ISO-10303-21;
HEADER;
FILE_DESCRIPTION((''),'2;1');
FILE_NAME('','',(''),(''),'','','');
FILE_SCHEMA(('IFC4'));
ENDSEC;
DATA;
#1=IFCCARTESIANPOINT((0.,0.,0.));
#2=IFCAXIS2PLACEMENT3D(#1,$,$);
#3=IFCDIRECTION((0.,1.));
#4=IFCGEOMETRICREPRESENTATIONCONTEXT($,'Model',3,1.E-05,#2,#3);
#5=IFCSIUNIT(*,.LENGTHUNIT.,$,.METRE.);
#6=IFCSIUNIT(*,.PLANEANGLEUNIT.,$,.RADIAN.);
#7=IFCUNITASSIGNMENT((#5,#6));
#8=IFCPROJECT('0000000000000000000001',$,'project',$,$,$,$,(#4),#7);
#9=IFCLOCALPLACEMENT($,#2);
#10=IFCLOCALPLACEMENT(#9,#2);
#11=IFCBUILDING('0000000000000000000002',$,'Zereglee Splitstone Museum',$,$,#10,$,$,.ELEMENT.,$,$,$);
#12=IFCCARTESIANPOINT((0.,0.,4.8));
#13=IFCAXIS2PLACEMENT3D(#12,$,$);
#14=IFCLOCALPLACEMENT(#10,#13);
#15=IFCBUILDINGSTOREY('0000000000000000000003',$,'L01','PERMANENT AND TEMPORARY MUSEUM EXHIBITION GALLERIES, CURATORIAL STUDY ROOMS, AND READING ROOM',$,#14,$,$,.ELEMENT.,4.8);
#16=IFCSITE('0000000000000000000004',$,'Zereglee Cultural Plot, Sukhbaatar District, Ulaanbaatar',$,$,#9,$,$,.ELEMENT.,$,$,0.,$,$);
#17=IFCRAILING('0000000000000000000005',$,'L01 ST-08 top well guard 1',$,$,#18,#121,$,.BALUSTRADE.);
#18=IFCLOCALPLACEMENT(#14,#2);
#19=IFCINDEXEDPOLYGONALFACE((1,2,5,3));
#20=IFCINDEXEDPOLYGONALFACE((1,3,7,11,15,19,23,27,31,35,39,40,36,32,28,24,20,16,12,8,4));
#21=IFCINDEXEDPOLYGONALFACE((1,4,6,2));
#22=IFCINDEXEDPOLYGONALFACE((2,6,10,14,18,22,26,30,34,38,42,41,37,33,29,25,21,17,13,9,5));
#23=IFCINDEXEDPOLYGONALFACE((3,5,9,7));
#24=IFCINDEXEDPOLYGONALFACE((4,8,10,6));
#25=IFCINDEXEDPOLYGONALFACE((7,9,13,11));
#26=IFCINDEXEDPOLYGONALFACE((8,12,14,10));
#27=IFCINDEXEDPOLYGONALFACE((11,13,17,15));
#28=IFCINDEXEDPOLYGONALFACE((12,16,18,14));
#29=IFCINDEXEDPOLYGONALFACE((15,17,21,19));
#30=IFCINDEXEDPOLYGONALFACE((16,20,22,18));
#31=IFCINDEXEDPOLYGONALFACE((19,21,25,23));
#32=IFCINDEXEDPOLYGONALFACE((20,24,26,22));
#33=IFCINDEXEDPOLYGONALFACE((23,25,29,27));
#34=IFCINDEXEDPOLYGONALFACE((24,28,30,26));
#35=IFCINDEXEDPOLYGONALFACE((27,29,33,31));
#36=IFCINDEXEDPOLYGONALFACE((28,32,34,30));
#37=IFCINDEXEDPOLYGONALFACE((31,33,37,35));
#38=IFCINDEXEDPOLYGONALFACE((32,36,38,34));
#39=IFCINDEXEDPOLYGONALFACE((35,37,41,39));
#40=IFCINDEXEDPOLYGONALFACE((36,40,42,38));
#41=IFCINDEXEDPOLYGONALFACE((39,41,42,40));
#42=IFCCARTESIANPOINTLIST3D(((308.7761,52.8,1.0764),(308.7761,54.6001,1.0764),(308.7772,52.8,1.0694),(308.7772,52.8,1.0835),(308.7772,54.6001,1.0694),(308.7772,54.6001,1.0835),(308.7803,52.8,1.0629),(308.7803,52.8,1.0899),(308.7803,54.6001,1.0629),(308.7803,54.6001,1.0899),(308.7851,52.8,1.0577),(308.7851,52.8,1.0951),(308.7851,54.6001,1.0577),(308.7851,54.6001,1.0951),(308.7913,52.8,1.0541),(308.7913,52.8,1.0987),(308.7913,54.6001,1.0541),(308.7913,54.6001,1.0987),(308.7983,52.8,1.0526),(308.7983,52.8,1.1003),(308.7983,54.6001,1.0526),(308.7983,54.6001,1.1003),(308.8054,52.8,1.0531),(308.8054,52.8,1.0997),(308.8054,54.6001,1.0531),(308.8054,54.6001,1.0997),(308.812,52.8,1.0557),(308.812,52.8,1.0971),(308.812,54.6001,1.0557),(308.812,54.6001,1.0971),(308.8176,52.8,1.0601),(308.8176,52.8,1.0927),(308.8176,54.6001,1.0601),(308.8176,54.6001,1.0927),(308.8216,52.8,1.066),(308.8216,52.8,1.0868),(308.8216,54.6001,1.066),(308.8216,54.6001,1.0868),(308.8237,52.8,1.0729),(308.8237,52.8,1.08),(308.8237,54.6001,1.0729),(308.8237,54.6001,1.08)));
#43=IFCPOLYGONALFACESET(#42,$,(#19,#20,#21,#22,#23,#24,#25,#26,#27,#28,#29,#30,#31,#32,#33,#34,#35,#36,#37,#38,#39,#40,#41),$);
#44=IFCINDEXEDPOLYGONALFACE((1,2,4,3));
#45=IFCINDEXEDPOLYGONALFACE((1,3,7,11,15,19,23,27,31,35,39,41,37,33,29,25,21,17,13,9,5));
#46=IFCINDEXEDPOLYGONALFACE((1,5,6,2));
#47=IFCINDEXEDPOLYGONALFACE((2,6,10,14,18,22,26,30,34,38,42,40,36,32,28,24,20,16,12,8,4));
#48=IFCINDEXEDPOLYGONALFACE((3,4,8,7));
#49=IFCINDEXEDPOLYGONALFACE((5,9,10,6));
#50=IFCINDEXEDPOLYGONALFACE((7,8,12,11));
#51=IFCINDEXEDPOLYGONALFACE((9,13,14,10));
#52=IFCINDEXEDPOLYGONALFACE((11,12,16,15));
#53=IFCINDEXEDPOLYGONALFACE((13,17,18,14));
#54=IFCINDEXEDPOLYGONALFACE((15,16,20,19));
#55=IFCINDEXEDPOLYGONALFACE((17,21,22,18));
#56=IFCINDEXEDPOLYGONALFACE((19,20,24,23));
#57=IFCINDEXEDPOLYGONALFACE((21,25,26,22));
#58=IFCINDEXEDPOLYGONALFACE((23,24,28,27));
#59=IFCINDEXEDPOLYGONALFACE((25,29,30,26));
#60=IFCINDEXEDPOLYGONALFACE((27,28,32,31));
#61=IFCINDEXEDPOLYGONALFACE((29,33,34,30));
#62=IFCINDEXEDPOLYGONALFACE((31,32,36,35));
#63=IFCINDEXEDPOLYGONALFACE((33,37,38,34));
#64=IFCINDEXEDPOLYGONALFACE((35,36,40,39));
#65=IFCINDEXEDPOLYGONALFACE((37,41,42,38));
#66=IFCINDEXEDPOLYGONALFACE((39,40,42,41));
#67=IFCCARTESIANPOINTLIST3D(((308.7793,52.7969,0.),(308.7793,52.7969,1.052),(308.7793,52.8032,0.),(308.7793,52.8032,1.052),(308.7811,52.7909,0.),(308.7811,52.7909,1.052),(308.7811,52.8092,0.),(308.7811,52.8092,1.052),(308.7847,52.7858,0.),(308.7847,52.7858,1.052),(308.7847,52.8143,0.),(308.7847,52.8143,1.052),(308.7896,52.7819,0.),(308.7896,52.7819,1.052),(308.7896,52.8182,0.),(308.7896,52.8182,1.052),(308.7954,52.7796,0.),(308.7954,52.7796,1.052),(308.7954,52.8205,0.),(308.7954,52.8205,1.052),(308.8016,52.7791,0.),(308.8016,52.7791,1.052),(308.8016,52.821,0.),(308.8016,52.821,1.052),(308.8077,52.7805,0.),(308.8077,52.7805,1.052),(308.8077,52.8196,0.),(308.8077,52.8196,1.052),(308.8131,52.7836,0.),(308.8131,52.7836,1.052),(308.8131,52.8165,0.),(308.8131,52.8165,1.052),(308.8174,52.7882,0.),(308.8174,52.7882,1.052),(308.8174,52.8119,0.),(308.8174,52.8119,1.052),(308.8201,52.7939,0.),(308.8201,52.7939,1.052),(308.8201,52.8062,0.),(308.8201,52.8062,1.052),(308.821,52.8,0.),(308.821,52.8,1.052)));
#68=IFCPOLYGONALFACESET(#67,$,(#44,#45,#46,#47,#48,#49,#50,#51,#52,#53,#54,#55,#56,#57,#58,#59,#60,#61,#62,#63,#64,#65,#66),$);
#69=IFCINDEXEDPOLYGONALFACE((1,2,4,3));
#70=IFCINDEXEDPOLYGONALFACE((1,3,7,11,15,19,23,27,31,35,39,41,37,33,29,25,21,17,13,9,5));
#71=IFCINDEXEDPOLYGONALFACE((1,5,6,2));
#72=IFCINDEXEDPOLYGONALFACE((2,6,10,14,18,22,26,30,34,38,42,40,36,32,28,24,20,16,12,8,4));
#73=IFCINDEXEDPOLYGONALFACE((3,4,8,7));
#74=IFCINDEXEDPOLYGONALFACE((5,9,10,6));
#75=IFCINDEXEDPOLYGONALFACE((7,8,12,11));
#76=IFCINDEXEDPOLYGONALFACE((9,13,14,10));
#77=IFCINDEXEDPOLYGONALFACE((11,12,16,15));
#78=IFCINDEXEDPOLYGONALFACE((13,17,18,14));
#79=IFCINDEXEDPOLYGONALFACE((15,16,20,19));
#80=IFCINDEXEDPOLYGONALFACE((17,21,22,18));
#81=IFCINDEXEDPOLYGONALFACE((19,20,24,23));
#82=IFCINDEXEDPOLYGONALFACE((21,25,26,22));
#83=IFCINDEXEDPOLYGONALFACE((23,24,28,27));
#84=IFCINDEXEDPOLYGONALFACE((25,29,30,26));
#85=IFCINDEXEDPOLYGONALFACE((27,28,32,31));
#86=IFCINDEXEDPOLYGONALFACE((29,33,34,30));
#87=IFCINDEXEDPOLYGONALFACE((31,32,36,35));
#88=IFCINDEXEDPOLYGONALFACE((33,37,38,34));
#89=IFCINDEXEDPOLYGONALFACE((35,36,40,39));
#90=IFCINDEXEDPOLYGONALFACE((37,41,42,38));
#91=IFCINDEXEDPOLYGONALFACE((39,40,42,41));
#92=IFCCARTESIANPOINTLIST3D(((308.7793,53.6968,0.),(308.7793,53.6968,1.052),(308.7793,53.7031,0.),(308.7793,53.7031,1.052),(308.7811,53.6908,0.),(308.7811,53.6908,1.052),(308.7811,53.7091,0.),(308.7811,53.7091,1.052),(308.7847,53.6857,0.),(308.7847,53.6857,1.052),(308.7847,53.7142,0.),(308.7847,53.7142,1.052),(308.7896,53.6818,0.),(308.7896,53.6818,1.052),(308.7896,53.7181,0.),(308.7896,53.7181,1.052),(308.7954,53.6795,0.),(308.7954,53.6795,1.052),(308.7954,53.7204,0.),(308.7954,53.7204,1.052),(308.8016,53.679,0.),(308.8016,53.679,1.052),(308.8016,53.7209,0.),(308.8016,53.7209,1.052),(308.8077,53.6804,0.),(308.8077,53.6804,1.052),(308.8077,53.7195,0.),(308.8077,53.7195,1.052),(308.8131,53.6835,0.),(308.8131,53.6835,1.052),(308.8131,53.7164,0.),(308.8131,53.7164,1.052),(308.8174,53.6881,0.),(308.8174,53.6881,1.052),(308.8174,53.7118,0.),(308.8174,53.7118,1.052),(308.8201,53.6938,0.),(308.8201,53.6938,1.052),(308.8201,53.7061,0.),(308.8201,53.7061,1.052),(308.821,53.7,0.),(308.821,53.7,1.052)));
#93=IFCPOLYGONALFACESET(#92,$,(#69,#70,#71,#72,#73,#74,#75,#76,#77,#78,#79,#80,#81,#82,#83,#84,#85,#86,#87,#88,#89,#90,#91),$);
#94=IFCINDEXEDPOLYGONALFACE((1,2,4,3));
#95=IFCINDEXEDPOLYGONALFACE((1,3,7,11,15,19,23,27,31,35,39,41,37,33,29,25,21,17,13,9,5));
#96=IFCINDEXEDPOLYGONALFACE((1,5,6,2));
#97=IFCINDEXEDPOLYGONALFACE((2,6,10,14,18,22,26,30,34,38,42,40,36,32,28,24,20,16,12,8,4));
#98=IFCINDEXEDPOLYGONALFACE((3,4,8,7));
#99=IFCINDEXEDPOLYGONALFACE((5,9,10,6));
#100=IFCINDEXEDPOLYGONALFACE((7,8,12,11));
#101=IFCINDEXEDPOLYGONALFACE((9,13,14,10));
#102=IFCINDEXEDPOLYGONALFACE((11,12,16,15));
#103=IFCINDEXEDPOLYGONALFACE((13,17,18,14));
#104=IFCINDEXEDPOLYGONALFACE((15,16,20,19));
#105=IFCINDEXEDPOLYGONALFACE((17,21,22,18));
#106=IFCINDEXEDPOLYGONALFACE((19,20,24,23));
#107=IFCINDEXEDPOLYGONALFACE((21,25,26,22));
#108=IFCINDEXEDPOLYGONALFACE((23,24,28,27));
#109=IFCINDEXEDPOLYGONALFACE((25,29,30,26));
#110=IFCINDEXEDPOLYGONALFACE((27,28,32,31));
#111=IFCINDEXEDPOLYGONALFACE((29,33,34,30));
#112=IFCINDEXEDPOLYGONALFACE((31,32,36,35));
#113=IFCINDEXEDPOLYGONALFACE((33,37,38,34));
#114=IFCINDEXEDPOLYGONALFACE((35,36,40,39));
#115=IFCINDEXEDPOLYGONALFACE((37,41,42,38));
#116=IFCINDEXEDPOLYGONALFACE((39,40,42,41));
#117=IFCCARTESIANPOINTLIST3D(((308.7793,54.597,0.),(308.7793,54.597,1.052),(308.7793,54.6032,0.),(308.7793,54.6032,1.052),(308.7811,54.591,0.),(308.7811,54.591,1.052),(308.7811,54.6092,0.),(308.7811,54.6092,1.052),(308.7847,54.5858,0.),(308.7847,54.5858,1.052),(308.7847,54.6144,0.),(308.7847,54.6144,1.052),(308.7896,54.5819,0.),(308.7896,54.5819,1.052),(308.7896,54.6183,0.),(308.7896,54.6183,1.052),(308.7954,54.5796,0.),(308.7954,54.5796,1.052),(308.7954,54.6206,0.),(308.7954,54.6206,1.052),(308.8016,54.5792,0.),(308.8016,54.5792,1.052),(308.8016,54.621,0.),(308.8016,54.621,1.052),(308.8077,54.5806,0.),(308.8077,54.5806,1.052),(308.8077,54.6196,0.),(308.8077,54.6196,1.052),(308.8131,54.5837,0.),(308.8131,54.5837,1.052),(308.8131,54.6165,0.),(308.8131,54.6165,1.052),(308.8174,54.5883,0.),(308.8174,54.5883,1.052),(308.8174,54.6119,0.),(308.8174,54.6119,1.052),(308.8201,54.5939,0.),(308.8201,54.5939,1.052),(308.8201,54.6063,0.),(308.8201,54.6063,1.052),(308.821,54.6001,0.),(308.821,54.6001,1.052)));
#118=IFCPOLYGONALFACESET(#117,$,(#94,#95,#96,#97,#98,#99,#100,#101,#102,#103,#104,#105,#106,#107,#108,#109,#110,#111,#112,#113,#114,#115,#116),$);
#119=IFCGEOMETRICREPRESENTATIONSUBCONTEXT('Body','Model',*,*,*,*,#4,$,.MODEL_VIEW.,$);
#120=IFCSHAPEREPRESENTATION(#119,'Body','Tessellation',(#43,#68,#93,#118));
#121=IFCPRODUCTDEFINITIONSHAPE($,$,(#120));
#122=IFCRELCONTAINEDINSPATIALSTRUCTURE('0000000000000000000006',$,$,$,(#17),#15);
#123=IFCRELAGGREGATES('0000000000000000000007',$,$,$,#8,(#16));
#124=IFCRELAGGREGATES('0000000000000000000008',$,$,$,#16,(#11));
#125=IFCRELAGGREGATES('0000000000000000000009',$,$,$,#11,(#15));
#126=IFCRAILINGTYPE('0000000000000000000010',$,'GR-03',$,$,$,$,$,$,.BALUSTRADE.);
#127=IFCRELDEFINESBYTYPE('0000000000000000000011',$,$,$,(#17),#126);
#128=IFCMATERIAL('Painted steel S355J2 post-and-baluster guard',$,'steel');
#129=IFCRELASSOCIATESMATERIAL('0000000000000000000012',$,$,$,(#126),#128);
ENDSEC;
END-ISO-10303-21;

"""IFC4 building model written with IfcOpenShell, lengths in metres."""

from ifc_helpers import new_model, si_unit, direction, frame, origin, origin_2d, place, context, subcontext, project, spatial, circle, extrude, material, type_object, element, save


model = new_model("IFC4")

# Units and contexts
model_context = context("Model", 3, precision=1e-05, world=origin(), true_north=direction((0.0, 1.0)))
body_context = subcontext(model_context, "Body", "Model", "MODEL_VIEW")
ifc_project = project(units=[si_unit("LENGTHUNIT", "METRE"), si_unit("PLANEANGLEUNIT", "RADIAN")], contexts=[model_context])

# Site, building, storey
site_placement = place(None, origin())
site = spatial("IfcSite", under=ifc_project, at=site_placement, Name="Zereglee Cultural Plot, Sukhbaatar District, Ulaanbaatar", CompositionType="ELEMENT", RefElevation=0.0)
building_placement = place(site_placement, origin())
building = spatial("IfcBuilding", under=site, at=building_placement, Name="Zereglee Splitstone Museum", CompositionType="ELEMENT")
storey_placement = place(building_placement, frame((0.0, 0.0, 4.8)))
storey = spatial("IfcBuildingStorey", under=building, at=storey_placement, Name="L01", Description="PERMANENT AND TEMPORARY MUSEUM EXHIBITION GALLERIES, CURATORIAL STUDY ROOMS, AND READING ROOM", CompositionType="ELEMENT", Elevation=4.8)

# Railing
ifc_material_1 = material(Name="Painted steel S355J2 post-and-baluster guard", Category="steel")
railing_type = type_object("IfcRailingType", Name="GR-03", PredefinedType="BALUSTRADE", material=ifc_material_1)
railing_1_placement = place(storey_placement, frame((308.8, 52.8, 0.0)))
element("IfcRailing", 1, at=railing_1_placement, inside=storey, type_object=railing_type, Name="L01 ST-08 top well guard 1", PredefinedType="BALUSTRADE", context=body_context, shape_type="SweptSolid", body=[
    extrude(circle(Radius=0.0239, at=origin_2d()), frame((0.0, 0.0, 1.0764), z_axis=(0.0, 1.0, 0.0), x_axis=(-1.0, 0.0, 0.0)), (0.0, 0.0, 1.0), 1.8),
    extrude(circle(Radius=0.021, at=origin_2d()), origin(), (0.0, 0.0, 1.0), 1.052),
    extrude(circle(Radius=0.021, at=origin_2d()), frame((0.0, 0.8999, 0.0)), (0.0, 0.0, 1.0), 1.052),
    extrude(circle(Radius=0.021, at=origin_2d()), frame((0.0, 1.8, 0.0)), (0.0, 0.0, 1.0), 1.052),
])

save(model, "model.ifc")
